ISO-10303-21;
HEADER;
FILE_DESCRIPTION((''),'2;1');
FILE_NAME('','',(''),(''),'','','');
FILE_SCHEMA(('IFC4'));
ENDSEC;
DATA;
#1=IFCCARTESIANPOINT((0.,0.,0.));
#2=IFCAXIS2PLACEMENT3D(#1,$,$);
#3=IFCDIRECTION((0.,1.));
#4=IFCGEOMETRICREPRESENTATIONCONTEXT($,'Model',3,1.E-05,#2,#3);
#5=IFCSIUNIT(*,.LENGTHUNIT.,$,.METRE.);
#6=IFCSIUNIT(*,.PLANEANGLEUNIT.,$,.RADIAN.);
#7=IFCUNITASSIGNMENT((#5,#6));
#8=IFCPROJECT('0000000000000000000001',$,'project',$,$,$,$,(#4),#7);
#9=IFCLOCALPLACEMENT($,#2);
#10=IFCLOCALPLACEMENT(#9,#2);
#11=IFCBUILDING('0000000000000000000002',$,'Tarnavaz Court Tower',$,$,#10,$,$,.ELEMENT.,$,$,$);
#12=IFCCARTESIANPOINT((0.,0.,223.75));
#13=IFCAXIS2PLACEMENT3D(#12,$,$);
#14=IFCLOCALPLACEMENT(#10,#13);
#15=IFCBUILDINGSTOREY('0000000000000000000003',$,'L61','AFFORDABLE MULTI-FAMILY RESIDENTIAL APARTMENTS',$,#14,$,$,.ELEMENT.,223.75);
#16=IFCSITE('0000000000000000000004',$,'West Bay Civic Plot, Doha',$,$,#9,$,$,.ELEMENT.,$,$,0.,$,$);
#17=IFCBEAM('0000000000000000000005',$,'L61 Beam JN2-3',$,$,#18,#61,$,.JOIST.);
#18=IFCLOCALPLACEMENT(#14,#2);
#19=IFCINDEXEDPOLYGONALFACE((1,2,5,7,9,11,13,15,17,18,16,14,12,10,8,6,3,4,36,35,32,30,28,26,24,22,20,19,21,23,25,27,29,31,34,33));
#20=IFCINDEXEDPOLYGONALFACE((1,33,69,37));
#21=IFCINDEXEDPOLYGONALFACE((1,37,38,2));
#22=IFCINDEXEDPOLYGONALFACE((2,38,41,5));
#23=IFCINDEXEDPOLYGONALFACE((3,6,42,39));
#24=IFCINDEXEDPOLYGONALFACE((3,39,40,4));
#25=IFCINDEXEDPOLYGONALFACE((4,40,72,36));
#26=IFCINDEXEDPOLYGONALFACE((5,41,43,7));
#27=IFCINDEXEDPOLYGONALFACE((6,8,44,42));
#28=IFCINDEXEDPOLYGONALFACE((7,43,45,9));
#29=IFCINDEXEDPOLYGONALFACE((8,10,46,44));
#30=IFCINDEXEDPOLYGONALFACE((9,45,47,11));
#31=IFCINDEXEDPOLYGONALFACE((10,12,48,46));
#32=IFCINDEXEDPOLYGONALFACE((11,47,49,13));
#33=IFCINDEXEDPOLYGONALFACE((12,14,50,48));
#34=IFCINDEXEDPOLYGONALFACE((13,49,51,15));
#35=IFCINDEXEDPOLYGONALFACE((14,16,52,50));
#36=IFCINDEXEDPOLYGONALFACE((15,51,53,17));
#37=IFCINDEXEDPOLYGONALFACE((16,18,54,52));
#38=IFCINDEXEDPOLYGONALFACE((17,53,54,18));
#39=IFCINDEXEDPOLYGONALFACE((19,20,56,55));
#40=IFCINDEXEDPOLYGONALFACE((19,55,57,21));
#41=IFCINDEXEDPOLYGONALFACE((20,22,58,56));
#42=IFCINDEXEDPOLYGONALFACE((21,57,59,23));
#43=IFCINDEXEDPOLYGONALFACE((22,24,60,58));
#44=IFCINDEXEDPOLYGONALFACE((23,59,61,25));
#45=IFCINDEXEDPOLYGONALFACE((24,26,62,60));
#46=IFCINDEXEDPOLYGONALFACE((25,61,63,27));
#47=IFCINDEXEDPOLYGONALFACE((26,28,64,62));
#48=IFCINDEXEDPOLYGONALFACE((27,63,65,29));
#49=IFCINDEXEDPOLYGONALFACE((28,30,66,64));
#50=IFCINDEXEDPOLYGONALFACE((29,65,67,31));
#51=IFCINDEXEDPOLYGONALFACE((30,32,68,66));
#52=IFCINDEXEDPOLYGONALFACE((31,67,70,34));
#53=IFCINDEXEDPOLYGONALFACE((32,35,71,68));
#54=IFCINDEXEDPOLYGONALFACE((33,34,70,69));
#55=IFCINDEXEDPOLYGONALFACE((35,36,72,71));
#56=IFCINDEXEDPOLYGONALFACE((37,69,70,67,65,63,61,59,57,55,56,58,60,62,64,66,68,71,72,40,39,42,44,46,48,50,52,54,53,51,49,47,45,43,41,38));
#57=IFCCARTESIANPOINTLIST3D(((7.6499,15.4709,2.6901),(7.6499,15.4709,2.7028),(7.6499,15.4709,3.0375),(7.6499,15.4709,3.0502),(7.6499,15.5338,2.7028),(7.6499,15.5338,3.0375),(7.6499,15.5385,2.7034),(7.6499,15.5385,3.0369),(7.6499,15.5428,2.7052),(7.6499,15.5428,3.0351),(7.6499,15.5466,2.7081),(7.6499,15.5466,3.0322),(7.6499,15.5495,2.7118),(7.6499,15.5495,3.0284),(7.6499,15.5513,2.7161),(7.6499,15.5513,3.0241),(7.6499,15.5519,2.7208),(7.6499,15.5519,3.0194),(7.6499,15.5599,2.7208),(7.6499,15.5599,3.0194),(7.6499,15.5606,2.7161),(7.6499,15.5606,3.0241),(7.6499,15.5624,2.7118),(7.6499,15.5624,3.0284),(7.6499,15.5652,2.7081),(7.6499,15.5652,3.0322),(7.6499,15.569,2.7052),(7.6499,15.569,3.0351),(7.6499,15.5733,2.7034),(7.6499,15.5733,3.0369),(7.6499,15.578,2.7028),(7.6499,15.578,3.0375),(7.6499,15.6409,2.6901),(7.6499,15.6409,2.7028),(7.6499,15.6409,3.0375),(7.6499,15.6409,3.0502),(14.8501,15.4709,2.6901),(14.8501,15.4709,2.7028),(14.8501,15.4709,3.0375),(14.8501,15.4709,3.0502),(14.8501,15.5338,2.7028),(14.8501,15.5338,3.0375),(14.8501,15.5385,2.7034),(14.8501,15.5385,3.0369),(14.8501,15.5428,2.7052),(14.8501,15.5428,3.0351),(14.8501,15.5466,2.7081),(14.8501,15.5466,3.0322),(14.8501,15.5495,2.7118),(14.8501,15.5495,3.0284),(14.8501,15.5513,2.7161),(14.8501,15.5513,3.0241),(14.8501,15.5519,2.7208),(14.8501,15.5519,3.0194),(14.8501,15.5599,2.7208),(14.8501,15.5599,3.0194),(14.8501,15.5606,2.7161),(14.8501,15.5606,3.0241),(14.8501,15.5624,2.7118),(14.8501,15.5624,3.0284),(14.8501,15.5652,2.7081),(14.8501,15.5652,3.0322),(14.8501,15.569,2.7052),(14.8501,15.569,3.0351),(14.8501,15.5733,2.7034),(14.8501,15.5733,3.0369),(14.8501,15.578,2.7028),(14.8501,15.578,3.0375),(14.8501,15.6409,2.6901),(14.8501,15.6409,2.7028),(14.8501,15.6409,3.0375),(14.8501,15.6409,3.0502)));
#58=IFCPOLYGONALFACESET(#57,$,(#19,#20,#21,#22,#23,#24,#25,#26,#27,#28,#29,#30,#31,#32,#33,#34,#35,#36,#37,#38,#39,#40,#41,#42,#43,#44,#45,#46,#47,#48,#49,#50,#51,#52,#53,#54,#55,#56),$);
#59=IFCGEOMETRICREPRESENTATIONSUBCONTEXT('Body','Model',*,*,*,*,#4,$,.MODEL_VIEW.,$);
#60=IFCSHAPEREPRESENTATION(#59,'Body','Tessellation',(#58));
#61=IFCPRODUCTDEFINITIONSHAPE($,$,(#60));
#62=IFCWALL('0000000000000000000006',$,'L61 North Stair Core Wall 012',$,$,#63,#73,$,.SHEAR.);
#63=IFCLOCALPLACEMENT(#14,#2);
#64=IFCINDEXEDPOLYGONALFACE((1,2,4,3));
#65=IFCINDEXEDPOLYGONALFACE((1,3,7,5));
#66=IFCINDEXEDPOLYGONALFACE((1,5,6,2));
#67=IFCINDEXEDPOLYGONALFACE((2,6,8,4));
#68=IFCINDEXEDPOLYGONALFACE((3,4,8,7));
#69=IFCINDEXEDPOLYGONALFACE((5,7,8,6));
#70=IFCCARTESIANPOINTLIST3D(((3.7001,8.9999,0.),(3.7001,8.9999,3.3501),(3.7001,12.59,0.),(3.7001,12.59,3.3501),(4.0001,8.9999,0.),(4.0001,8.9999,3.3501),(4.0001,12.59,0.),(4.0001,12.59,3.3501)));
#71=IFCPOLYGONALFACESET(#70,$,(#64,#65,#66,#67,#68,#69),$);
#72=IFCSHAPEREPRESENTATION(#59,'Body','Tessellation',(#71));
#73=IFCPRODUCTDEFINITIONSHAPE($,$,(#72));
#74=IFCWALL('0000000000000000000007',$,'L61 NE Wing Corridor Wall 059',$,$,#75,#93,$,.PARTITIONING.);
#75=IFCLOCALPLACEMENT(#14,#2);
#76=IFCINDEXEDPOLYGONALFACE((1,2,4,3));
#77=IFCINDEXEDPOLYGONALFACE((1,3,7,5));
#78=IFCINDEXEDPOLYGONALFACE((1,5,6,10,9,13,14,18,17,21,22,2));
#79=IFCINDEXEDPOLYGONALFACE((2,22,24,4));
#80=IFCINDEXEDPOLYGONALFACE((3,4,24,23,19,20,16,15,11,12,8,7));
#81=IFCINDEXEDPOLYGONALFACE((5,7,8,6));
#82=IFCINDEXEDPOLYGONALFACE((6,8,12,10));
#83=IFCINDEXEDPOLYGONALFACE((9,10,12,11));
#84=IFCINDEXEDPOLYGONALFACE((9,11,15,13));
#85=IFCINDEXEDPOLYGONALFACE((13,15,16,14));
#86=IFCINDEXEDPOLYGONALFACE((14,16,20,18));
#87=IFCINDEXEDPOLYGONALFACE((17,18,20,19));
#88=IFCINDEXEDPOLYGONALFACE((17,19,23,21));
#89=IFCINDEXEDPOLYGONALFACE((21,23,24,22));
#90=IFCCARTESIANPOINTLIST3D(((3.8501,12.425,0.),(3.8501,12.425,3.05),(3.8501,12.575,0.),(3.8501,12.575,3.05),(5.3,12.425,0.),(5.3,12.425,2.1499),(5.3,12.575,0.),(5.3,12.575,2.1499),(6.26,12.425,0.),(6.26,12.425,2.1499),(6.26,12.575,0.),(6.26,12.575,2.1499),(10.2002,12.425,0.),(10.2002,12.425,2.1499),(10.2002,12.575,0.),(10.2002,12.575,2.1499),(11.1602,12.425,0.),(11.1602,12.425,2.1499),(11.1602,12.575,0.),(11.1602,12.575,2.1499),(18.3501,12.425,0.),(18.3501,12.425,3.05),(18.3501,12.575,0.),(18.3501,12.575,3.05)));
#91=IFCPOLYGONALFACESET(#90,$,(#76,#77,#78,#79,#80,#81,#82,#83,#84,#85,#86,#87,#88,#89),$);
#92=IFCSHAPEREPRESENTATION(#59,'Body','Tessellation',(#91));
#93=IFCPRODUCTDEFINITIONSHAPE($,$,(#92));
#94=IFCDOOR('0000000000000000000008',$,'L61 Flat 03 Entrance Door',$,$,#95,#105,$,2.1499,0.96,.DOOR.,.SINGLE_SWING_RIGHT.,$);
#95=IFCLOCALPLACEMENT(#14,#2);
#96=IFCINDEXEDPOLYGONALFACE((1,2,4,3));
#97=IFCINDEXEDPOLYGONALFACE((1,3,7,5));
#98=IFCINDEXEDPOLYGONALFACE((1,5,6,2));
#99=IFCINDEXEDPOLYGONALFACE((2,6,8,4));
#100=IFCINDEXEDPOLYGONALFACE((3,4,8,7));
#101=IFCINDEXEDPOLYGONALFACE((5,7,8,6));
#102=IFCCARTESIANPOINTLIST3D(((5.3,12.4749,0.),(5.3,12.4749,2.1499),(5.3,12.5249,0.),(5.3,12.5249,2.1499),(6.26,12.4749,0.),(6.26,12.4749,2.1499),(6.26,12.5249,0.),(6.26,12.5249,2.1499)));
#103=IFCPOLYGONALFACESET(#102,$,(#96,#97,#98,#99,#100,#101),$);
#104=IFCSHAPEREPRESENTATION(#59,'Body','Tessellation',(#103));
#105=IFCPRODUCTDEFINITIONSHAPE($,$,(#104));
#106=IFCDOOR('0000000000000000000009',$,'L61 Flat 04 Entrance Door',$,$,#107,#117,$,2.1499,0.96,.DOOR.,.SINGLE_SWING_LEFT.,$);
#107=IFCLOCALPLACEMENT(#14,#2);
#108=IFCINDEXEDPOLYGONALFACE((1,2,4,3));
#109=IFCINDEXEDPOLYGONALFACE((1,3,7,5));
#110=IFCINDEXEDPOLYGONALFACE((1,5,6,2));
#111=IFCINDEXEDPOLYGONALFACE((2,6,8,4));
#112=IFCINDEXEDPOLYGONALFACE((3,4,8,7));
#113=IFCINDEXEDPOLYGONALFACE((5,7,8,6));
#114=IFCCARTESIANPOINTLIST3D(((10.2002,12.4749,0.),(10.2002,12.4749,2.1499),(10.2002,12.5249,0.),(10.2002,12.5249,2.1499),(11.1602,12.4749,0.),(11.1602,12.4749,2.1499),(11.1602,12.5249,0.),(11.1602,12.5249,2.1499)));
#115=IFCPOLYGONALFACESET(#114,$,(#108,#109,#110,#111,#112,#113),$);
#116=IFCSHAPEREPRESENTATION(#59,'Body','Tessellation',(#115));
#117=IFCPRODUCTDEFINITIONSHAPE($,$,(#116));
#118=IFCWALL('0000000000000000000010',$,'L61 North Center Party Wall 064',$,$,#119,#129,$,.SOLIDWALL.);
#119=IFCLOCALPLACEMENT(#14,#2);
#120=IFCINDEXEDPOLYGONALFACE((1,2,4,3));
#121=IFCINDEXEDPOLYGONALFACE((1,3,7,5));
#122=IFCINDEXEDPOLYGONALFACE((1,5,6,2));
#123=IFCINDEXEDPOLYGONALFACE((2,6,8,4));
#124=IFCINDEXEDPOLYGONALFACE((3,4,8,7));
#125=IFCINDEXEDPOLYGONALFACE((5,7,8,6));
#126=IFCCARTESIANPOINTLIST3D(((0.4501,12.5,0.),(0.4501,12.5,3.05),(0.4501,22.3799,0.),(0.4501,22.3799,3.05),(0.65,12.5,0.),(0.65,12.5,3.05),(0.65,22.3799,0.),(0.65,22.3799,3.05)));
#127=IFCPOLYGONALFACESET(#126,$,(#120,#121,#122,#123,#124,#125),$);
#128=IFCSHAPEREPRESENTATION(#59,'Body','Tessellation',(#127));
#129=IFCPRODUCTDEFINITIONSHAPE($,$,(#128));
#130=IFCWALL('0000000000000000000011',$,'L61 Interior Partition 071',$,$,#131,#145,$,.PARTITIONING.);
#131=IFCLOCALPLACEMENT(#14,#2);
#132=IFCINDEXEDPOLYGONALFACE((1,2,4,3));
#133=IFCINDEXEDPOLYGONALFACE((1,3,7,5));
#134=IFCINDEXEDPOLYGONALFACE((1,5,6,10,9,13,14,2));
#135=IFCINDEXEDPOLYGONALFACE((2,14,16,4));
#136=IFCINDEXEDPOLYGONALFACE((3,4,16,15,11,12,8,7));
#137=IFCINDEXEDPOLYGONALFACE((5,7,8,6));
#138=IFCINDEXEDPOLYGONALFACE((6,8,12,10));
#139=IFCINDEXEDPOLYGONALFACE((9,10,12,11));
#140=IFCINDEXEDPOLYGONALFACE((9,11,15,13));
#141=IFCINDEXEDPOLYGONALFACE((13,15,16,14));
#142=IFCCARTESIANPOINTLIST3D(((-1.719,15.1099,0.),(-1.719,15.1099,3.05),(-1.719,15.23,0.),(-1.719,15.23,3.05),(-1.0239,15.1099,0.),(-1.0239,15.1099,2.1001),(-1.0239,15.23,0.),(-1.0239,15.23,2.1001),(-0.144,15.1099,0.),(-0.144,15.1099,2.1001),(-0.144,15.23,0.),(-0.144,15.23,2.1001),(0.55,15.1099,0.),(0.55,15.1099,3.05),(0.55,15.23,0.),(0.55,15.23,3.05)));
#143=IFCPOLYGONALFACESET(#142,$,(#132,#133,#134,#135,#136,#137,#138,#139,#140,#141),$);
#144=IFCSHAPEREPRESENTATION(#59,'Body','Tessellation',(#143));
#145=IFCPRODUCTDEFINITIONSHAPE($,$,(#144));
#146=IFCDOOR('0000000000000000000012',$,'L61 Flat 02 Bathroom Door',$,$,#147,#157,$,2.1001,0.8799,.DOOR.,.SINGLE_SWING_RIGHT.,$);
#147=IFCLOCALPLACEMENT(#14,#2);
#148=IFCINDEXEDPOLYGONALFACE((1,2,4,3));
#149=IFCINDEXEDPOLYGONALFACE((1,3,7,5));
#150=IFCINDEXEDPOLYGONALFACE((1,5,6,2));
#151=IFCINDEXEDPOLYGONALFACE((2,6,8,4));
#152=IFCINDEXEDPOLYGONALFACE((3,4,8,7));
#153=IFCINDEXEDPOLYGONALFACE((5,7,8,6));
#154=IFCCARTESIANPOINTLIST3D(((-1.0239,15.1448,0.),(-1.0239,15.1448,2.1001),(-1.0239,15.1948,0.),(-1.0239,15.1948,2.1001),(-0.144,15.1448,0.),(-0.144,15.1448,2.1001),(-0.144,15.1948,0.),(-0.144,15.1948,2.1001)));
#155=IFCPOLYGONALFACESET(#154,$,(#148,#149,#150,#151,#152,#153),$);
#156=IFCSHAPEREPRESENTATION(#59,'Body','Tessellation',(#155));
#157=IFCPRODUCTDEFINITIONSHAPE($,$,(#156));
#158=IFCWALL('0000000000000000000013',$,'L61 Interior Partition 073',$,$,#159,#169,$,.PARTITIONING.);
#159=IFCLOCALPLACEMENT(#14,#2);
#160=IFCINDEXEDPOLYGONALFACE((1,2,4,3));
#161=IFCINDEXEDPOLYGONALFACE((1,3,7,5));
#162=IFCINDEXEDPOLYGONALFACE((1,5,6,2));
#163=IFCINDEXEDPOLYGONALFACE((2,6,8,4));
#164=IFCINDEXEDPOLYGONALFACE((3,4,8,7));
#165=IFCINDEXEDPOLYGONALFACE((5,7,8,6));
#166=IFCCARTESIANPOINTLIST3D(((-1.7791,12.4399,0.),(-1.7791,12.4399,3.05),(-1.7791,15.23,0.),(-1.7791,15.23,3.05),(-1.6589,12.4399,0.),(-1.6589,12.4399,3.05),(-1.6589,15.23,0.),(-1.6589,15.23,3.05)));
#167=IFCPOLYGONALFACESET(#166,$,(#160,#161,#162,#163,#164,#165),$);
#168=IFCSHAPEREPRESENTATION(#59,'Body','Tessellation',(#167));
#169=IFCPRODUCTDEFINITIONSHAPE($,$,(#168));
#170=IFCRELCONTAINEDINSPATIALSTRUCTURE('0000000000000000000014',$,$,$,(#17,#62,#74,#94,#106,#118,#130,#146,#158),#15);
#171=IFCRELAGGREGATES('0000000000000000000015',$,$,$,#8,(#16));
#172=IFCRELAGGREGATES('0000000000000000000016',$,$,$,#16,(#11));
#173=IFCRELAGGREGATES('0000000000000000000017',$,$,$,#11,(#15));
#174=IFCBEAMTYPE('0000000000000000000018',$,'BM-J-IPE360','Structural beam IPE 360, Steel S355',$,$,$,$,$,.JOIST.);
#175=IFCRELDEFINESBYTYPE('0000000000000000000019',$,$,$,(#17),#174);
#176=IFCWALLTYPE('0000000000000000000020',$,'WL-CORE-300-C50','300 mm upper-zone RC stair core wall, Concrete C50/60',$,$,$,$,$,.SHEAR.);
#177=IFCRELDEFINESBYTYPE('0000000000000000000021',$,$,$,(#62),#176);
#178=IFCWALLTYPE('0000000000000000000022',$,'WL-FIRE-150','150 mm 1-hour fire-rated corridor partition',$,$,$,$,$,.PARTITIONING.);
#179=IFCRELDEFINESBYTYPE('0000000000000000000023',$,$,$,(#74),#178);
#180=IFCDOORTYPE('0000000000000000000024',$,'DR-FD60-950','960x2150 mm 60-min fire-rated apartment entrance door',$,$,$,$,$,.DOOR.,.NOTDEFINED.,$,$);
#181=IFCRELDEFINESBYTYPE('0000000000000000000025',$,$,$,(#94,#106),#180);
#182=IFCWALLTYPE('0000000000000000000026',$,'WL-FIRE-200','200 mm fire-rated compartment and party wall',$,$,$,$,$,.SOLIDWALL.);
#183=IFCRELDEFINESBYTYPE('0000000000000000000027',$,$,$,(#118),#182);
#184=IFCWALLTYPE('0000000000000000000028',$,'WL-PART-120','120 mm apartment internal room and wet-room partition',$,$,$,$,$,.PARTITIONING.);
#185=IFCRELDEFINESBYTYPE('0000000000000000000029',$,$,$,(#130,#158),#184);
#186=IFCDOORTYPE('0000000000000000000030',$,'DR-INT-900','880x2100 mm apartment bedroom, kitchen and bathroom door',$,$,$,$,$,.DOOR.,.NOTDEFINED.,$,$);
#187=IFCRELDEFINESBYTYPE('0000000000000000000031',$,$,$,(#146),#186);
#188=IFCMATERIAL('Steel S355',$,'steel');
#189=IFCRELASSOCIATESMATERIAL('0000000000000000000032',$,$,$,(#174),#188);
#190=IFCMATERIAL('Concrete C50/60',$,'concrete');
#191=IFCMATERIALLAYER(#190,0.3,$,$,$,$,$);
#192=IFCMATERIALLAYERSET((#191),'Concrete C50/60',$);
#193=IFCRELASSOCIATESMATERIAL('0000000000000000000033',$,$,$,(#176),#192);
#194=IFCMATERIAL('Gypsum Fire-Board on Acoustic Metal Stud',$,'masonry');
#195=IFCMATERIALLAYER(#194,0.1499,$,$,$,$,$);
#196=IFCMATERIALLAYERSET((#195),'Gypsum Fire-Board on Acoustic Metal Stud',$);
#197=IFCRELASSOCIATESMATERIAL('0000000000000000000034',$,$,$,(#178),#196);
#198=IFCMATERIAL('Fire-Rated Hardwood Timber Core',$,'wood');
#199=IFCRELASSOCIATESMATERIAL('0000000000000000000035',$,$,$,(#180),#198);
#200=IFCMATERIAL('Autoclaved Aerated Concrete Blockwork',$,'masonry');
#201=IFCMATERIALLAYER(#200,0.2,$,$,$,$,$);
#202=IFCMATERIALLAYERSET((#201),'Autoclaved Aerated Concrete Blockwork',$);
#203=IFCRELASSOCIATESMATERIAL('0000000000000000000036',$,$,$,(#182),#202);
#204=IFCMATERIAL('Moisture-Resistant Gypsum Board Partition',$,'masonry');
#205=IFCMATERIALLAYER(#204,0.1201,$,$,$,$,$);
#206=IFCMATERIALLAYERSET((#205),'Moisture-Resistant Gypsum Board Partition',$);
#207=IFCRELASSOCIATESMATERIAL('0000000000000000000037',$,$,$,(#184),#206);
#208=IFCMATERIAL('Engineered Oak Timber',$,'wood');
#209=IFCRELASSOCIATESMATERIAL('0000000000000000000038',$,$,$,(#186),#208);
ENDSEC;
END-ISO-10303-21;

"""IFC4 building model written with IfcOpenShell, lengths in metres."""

from ifc_helpers import new_model, si_unit, direction, frame, frame_2d, origin, origin_2d, place, context, subcontext, project, spatial, rectangle, i_section, extrude, material, layer, layer_set, material_profile, profile_set, type_object, element, fill, save


model = new_model("IFC4")

# Units and contexts
model_context = context("Model", 3, precision=1e-05, world=origin(), true_north=direction((0.0, 1.0)))
body_context = subcontext(model_context, "Body", "Model", "MODEL_VIEW")
ifc_project = project(units=[si_unit("LENGTHUNIT", "METRE"), si_unit("PLANEANGLEUNIT", "RADIAN")], contexts=[model_context])

# Site, building, storey
site_placement = place(None, origin())
site = spatial("IfcSite", under=ifc_project, at=site_placement, Name="West Bay Civic Plot, Doha", CompositionType="ELEMENT", RefElevation=0.0)
building_placement = place(site_placement, origin())
building = spatial("IfcBuilding", under=site, at=building_placement, Name="Tarnavaz Court Tower", CompositionType="ELEMENT")
storey_placement = place(building_placement, frame((0.0, 0.0, 223.75)))
storey = spatial("IfcBuildingStorey", under=building, at=storey_placement, Name="L61", Description="AFFORDABLE MULTI-FAMILY RESIDENTIAL APARTMENTS", CompositionType="ELEMENT", Elevation=223.75)

# Shared definitions
ifc_material_1 = material(Name="Concrete C50/60", Category="concrete")

# Beam
ifc_material_2 = material(Name="Steel S355", Category="steel")
ifc_material_profile_1 = material_profile(ifc_material_2, i_section(OverallWidth=0.1699, OverallDepth=0.3601, WebThickness=0.0081, FlangeThickness=0.0127, FilletRadius=0.0181, at=origin_2d()), Name="IPE 360")
ifc_profile_set_1 = profile_set([ifc_material_profile_1], Name="Steel S355")
beam_type_1 = type_object("IfcBeamType", Name="BM-J-IPE360", Description="Structural beam IPE 360, Steel S355", PredefinedType="JOIST", material=ifc_profile_set_1)
for number, where, z_axis, x_axis, name in (
    (1, (7.6499, 15.5559, 2.8701), (1.0, 0.0, 0.0), (0.0, 1.0, 0.0), "L61 Beam JN2-3"),
):
    element("IfcBeam", number, at=place(storey_placement, frame(where, z_axis=z_axis, x_axis=x_axis)), inside=storey, type_object=beam_type_1, Name=name, PredefinedType="JOIST", context=body_context, shape_type="SweptSolid", body=[
        extrude(i_section(OverallWidth=0.1699, OverallDepth=0.3601, WebThickness=0.0081, FlangeThickness=0.0127, FilletRadius=0.0181, at=origin_2d()), origin(), (0.0, 0.0, 1.0), 7.2002),
    ])

# Wall
ifc_layer_1 = layer(ifc_material_1, 0.3)
ifc_layer_set_1 = layer_set([ifc_layer_1], Name="Concrete C50/60")
wall_type_1 = type_object("IfcWallType", Name="WL-CORE-300-C50", Description="300 mm upper-zone RC stair core wall, Concrete C50/60", PredefinedType="SHEAR", material=ifc_layer_set_1)
wall_1_placement = place(storey_placement, frame((3.8501, 9.0, 0.0), z_axis=(0.0, 0.0, 1.0), x_axis=(0.0, 1.0, 0.0)))
element("IfcWall", 2, at=wall_1_placement, inside=storey, type_object=wall_type_1, Name="L61 North Stair Core Wall 012", PredefinedType="SHEAR", context=body_context, shape_type="SweptSolid", body=[
    extrude(rectangle(XDim=3.5901, YDim=0.3, at=frame_2d((1.7949, 0.0))), origin(), (0.0, 0.0, 1.0), 3.3501),
])

# Wall, openings, doors
ifc_material_3 = material(Name="Gypsum Fire-Board on Acoustic Metal Stud", Category="masonry")
ifc_layer_2 = layer(ifc_material_3, 0.1499)
ifc_layer_set_2 = layer_set([ifc_layer_2], Name="Gypsum Fire-Board on Acoustic Metal Stud")
wall_type_2 = type_object("IfcWallType", Name="WL-FIRE-150", Description="150 mm 1-hour fire-rated corridor partition", PredefinedType="PARTITIONING", material=ifc_layer_set_2)
wall_2_placement = place(storey_placement, frame((3.8501, 12.5, 0.0), z_axis=(0.0, 0.0, 1.0), x_axis=(1.0, 0.0, 0.0)))
wall_2 = element("IfcWall", 3, at=wall_2_placement, inside=storey, type_object=wall_type_2, Name="L61 NE Wing Corridor Wall 059", PredefinedType="PARTITIONING", context=body_context, shape_type="SweptSolid", body=[
    extrude(rectangle(XDim=14.5, YDim=0.1499, at=frame_2d((7.25, 0.0))), origin(), (0.0, 0.0, 1.0), 3.05),
])
opening_1_placement = place(wall_2_placement, frame((1.45, 0.0, 0.0)))
opening_1 = element("IfcOpeningElement", 4, at=opening_1_placement, cuts=wall_2, PredefinedType="OPENING", context=body_context, shape_type="SweptSolid", body=[
    extrude(rectangle(XDim=0.96, YDim=2.1499, at=frame_2d((0.48, 1.075))), frame((0.0, 0.085, 0.0), z_axis=(0.0, -1.0, 0.0), x_axis=(1.0, 0.0, 0.0)), (0.0, 0.0, 1.0), 0.1699),
])
opening_2_placement = place(wall_2_placement, frame((6.3501, 0.0, 0.0)))
opening_2 = element("IfcOpeningElement", 5, at=opening_2_placement, cuts=wall_2, PredefinedType="OPENING", context=body_context, shape_type="SweptSolid", body=[
    extrude(rectangle(XDim=0.96, YDim=2.1499, at=frame_2d((0.48, 1.075))), frame((0.0, 0.085, 0.0), z_axis=(0.0, -1.0, 0.0), x_axis=(1.0, 0.0, 0.0)), (0.0, 0.0, 1.0), 0.1699),
])
ifc_material_4 = material(Name="Fire-Rated Hardwood Timber Core", Category="wood")
door_type_1 = type_object("IfcDoorType", Name="DR-FD60-950", Description="960x2150 mm 60-min fire-rated apartment entrance door", OperationType="NOTDEFINED", PredefinedType="DOOR", material=ifc_material_4)
door_1_placement = place(opening_1_placement, origin())
door_1 = element("IfcDoor", 6, at=door_1_placement, inside=storey, type_object=door_type_1, Name="L61 Flat 03 Entrance Door", OperationType="SINGLE_SWING_RIGHT", OverallHeight=2.1499, OverallWidth=0.96, PredefinedType="DOOR", context=body_context, shape_type="SweptSolid", body=[
    extrude(rectangle(XDim=0.96, YDim=2.1499, at=frame_2d((0.48, 1.075))), frame((0.0, 0.0249, 0.0), z_axis=(0.0, -1.0, 0.0), x_axis=(1.0, 0.0, 0.0)), (0.0, 0.0, 1.0), 0.05),
])
fill(opening_1, door_1)
door_2_placement = place(opening_2_placement, origin())
door_2 = element("IfcDoor", 7, at=door_2_placement, inside=storey, type_object=door_type_1, Name="L61 Flat 04 Entrance Door", OperationType="SINGLE_SWING_LEFT", OverallHeight=2.1499, OverallWidth=0.96, PredefinedType="DOOR", context=body_context, shape_type="SweptSolid", body=[
    extrude(rectangle(XDim=0.96, YDim=2.1499, at=frame_2d((0.48, 1.075))), frame((0.0, 0.0249, 0.0), z_axis=(0.0, -1.0, 0.0), x_axis=(1.0, 0.0, 0.0)), (0.0, 0.0, 1.0), 0.05),
])
fill(opening_2, door_2)

# Wall
ifc_material_5 = material(Name="Autoclaved Aerated Concrete Blockwork", Category="masonry")
ifc_layer_3 = layer(ifc_material_5, 0.2)
ifc_layer_set_3 = layer_set([ifc_layer_3], Name="Autoclaved Aerated Concrete Blockwork")
wall_type_3 = type_object("IfcWallType", Name="WL-FIRE-200", Description="200 mm fire-rated compartment and party wall", PredefinedType="SOLIDWALL", material=ifc_layer_set_3)
wall_3_placement = place(storey_placement, frame((0.55, 12.5, 0.0), z_axis=(0.0, 0.0, 1.0), x_axis=(0.0, 1.0, 0.0)))
element("IfcWall", 8, at=wall_3_placement, inside=storey, type_object=wall_type_3, Name="L61 North Center Party Wall 064", PredefinedType="SOLIDWALL", context=body_context, shape_type="SweptSolid", body=[
    extrude(rectangle(XDim=9.8799, YDim=0.2, at=frame_2d((4.9399, 0.0))), origin(), (0.0, 0.0, 1.0), 3.05),
])

# Wall, opening, door
ifc_material_6 = material(Name="Moisture-Resistant Gypsum Board Partition", Category="masonry")
ifc_layer_4 = layer(ifc_material_6, 0.1201)
ifc_layer_set_4 = layer_set([ifc_layer_4], Name="Moisture-Resistant Gypsum Board Partition")
wall_type_4 = type_object("IfcWallType", Name="WL-PART-120", Description="120 mm apartment internal room and wet-room partition", PredefinedType="PARTITIONING", material=ifc_layer_set_4)
wall_4_placement = place(storey_placement, frame((-1.719, 15.1699, 0.0), z_axis=(0.0, 0.0, 1.0), x_axis=(1.0, 0.0, 0.0)))
wall_4 = element("IfcWall", 9, at=wall_4_placement, inside=storey, type_object=wall_type_4, Name="L61 Interior Partition 071", PredefinedType="PARTITIONING", context=body_context, shape_type="SweptSolid", body=[
    extrude(rectangle(XDim=2.269, YDim=0.1201, at=frame_2d((1.1345, 0.0))), origin(), (0.0, 0.0, 1.0), 3.05),
])
opening_3_placement = place(wall_4_placement, frame((0.6951, 0.0, 0.0)))
opening_3 = element("IfcOpeningElement", 10, at=opening_3_placement, cuts=wall_4, PredefinedType="OPENING", context=body_context, shape_type="SweptSolid", body=[
    extrude(rectangle(XDim=0.8799, YDim=2.1001, at=frame_2d((0.4399, 1.05))), frame((0.0, 0.0701, 0.0), z_axis=(0.0, -1.0, 0.0), x_axis=(1.0, 0.0, 0.0)), (0.0, 0.0, 1.0), 0.1401),
])
ifc_material_7 = material(Name="Engineered Oak Timber", Category="wood")
door_type_2 = type_object("IfcDoorType", Name="DR-INT-900", Description="880x2100 mm apartment bedroom, kitchen and bathroom door", OperationType="NOTDEFINED", PredefinedType="DOOR", material=ifc_material_7)
door_3_placement = place(opening_3_placement, origin())
door_3 = element("IfcDoor", 11, at=door_3_placement, inside=storey, type_object=door_type_2, Name="L61 Flat 02 Bathroom Door", OperationType="SINGLE_SWING_RIGHT", OverallHeight=2.1001, OverallWidth=0.8799, PredefinedType="DOOR", context=body_context, shape_type="SweptSolid", body=[
    extrude(rectangle(XDim=0.8799, YDim=2.1001, at=frame_2d((0.4399, 1.05))), frame((0.0, 0.0249, 0.0), z_axis=(0.0, -1.0, 0.0), x_axis=(1.0, 0.0, 0.0)), (0.0, 0.0, 1.0), 0.05),
])
fill(opening_3, door_3)

# Wall
wall_5_placement = place(storey_placement, frame((-1.719, 12.4399, 0.0), z_axis=(0.0, 0.0, 1.0), x_axis=(0.0, 1.0, 0.0)))
element("IfcWall", 12, at=wall_5_placement, inside=storey, type_object=wall_type_4, Name="L61 Interior Partition 073", PredefinedType="PARTITIONING", context=body_context, shape_type="SweptSolid", body=[
    extrude(rectangle(XDim=2.79, YDim=0.1201, at=frame_2d((1.395, 0.0))), origin(), (0.0, 0.0, 1.0), 3.05),
])

save(model, "model.ifc")
